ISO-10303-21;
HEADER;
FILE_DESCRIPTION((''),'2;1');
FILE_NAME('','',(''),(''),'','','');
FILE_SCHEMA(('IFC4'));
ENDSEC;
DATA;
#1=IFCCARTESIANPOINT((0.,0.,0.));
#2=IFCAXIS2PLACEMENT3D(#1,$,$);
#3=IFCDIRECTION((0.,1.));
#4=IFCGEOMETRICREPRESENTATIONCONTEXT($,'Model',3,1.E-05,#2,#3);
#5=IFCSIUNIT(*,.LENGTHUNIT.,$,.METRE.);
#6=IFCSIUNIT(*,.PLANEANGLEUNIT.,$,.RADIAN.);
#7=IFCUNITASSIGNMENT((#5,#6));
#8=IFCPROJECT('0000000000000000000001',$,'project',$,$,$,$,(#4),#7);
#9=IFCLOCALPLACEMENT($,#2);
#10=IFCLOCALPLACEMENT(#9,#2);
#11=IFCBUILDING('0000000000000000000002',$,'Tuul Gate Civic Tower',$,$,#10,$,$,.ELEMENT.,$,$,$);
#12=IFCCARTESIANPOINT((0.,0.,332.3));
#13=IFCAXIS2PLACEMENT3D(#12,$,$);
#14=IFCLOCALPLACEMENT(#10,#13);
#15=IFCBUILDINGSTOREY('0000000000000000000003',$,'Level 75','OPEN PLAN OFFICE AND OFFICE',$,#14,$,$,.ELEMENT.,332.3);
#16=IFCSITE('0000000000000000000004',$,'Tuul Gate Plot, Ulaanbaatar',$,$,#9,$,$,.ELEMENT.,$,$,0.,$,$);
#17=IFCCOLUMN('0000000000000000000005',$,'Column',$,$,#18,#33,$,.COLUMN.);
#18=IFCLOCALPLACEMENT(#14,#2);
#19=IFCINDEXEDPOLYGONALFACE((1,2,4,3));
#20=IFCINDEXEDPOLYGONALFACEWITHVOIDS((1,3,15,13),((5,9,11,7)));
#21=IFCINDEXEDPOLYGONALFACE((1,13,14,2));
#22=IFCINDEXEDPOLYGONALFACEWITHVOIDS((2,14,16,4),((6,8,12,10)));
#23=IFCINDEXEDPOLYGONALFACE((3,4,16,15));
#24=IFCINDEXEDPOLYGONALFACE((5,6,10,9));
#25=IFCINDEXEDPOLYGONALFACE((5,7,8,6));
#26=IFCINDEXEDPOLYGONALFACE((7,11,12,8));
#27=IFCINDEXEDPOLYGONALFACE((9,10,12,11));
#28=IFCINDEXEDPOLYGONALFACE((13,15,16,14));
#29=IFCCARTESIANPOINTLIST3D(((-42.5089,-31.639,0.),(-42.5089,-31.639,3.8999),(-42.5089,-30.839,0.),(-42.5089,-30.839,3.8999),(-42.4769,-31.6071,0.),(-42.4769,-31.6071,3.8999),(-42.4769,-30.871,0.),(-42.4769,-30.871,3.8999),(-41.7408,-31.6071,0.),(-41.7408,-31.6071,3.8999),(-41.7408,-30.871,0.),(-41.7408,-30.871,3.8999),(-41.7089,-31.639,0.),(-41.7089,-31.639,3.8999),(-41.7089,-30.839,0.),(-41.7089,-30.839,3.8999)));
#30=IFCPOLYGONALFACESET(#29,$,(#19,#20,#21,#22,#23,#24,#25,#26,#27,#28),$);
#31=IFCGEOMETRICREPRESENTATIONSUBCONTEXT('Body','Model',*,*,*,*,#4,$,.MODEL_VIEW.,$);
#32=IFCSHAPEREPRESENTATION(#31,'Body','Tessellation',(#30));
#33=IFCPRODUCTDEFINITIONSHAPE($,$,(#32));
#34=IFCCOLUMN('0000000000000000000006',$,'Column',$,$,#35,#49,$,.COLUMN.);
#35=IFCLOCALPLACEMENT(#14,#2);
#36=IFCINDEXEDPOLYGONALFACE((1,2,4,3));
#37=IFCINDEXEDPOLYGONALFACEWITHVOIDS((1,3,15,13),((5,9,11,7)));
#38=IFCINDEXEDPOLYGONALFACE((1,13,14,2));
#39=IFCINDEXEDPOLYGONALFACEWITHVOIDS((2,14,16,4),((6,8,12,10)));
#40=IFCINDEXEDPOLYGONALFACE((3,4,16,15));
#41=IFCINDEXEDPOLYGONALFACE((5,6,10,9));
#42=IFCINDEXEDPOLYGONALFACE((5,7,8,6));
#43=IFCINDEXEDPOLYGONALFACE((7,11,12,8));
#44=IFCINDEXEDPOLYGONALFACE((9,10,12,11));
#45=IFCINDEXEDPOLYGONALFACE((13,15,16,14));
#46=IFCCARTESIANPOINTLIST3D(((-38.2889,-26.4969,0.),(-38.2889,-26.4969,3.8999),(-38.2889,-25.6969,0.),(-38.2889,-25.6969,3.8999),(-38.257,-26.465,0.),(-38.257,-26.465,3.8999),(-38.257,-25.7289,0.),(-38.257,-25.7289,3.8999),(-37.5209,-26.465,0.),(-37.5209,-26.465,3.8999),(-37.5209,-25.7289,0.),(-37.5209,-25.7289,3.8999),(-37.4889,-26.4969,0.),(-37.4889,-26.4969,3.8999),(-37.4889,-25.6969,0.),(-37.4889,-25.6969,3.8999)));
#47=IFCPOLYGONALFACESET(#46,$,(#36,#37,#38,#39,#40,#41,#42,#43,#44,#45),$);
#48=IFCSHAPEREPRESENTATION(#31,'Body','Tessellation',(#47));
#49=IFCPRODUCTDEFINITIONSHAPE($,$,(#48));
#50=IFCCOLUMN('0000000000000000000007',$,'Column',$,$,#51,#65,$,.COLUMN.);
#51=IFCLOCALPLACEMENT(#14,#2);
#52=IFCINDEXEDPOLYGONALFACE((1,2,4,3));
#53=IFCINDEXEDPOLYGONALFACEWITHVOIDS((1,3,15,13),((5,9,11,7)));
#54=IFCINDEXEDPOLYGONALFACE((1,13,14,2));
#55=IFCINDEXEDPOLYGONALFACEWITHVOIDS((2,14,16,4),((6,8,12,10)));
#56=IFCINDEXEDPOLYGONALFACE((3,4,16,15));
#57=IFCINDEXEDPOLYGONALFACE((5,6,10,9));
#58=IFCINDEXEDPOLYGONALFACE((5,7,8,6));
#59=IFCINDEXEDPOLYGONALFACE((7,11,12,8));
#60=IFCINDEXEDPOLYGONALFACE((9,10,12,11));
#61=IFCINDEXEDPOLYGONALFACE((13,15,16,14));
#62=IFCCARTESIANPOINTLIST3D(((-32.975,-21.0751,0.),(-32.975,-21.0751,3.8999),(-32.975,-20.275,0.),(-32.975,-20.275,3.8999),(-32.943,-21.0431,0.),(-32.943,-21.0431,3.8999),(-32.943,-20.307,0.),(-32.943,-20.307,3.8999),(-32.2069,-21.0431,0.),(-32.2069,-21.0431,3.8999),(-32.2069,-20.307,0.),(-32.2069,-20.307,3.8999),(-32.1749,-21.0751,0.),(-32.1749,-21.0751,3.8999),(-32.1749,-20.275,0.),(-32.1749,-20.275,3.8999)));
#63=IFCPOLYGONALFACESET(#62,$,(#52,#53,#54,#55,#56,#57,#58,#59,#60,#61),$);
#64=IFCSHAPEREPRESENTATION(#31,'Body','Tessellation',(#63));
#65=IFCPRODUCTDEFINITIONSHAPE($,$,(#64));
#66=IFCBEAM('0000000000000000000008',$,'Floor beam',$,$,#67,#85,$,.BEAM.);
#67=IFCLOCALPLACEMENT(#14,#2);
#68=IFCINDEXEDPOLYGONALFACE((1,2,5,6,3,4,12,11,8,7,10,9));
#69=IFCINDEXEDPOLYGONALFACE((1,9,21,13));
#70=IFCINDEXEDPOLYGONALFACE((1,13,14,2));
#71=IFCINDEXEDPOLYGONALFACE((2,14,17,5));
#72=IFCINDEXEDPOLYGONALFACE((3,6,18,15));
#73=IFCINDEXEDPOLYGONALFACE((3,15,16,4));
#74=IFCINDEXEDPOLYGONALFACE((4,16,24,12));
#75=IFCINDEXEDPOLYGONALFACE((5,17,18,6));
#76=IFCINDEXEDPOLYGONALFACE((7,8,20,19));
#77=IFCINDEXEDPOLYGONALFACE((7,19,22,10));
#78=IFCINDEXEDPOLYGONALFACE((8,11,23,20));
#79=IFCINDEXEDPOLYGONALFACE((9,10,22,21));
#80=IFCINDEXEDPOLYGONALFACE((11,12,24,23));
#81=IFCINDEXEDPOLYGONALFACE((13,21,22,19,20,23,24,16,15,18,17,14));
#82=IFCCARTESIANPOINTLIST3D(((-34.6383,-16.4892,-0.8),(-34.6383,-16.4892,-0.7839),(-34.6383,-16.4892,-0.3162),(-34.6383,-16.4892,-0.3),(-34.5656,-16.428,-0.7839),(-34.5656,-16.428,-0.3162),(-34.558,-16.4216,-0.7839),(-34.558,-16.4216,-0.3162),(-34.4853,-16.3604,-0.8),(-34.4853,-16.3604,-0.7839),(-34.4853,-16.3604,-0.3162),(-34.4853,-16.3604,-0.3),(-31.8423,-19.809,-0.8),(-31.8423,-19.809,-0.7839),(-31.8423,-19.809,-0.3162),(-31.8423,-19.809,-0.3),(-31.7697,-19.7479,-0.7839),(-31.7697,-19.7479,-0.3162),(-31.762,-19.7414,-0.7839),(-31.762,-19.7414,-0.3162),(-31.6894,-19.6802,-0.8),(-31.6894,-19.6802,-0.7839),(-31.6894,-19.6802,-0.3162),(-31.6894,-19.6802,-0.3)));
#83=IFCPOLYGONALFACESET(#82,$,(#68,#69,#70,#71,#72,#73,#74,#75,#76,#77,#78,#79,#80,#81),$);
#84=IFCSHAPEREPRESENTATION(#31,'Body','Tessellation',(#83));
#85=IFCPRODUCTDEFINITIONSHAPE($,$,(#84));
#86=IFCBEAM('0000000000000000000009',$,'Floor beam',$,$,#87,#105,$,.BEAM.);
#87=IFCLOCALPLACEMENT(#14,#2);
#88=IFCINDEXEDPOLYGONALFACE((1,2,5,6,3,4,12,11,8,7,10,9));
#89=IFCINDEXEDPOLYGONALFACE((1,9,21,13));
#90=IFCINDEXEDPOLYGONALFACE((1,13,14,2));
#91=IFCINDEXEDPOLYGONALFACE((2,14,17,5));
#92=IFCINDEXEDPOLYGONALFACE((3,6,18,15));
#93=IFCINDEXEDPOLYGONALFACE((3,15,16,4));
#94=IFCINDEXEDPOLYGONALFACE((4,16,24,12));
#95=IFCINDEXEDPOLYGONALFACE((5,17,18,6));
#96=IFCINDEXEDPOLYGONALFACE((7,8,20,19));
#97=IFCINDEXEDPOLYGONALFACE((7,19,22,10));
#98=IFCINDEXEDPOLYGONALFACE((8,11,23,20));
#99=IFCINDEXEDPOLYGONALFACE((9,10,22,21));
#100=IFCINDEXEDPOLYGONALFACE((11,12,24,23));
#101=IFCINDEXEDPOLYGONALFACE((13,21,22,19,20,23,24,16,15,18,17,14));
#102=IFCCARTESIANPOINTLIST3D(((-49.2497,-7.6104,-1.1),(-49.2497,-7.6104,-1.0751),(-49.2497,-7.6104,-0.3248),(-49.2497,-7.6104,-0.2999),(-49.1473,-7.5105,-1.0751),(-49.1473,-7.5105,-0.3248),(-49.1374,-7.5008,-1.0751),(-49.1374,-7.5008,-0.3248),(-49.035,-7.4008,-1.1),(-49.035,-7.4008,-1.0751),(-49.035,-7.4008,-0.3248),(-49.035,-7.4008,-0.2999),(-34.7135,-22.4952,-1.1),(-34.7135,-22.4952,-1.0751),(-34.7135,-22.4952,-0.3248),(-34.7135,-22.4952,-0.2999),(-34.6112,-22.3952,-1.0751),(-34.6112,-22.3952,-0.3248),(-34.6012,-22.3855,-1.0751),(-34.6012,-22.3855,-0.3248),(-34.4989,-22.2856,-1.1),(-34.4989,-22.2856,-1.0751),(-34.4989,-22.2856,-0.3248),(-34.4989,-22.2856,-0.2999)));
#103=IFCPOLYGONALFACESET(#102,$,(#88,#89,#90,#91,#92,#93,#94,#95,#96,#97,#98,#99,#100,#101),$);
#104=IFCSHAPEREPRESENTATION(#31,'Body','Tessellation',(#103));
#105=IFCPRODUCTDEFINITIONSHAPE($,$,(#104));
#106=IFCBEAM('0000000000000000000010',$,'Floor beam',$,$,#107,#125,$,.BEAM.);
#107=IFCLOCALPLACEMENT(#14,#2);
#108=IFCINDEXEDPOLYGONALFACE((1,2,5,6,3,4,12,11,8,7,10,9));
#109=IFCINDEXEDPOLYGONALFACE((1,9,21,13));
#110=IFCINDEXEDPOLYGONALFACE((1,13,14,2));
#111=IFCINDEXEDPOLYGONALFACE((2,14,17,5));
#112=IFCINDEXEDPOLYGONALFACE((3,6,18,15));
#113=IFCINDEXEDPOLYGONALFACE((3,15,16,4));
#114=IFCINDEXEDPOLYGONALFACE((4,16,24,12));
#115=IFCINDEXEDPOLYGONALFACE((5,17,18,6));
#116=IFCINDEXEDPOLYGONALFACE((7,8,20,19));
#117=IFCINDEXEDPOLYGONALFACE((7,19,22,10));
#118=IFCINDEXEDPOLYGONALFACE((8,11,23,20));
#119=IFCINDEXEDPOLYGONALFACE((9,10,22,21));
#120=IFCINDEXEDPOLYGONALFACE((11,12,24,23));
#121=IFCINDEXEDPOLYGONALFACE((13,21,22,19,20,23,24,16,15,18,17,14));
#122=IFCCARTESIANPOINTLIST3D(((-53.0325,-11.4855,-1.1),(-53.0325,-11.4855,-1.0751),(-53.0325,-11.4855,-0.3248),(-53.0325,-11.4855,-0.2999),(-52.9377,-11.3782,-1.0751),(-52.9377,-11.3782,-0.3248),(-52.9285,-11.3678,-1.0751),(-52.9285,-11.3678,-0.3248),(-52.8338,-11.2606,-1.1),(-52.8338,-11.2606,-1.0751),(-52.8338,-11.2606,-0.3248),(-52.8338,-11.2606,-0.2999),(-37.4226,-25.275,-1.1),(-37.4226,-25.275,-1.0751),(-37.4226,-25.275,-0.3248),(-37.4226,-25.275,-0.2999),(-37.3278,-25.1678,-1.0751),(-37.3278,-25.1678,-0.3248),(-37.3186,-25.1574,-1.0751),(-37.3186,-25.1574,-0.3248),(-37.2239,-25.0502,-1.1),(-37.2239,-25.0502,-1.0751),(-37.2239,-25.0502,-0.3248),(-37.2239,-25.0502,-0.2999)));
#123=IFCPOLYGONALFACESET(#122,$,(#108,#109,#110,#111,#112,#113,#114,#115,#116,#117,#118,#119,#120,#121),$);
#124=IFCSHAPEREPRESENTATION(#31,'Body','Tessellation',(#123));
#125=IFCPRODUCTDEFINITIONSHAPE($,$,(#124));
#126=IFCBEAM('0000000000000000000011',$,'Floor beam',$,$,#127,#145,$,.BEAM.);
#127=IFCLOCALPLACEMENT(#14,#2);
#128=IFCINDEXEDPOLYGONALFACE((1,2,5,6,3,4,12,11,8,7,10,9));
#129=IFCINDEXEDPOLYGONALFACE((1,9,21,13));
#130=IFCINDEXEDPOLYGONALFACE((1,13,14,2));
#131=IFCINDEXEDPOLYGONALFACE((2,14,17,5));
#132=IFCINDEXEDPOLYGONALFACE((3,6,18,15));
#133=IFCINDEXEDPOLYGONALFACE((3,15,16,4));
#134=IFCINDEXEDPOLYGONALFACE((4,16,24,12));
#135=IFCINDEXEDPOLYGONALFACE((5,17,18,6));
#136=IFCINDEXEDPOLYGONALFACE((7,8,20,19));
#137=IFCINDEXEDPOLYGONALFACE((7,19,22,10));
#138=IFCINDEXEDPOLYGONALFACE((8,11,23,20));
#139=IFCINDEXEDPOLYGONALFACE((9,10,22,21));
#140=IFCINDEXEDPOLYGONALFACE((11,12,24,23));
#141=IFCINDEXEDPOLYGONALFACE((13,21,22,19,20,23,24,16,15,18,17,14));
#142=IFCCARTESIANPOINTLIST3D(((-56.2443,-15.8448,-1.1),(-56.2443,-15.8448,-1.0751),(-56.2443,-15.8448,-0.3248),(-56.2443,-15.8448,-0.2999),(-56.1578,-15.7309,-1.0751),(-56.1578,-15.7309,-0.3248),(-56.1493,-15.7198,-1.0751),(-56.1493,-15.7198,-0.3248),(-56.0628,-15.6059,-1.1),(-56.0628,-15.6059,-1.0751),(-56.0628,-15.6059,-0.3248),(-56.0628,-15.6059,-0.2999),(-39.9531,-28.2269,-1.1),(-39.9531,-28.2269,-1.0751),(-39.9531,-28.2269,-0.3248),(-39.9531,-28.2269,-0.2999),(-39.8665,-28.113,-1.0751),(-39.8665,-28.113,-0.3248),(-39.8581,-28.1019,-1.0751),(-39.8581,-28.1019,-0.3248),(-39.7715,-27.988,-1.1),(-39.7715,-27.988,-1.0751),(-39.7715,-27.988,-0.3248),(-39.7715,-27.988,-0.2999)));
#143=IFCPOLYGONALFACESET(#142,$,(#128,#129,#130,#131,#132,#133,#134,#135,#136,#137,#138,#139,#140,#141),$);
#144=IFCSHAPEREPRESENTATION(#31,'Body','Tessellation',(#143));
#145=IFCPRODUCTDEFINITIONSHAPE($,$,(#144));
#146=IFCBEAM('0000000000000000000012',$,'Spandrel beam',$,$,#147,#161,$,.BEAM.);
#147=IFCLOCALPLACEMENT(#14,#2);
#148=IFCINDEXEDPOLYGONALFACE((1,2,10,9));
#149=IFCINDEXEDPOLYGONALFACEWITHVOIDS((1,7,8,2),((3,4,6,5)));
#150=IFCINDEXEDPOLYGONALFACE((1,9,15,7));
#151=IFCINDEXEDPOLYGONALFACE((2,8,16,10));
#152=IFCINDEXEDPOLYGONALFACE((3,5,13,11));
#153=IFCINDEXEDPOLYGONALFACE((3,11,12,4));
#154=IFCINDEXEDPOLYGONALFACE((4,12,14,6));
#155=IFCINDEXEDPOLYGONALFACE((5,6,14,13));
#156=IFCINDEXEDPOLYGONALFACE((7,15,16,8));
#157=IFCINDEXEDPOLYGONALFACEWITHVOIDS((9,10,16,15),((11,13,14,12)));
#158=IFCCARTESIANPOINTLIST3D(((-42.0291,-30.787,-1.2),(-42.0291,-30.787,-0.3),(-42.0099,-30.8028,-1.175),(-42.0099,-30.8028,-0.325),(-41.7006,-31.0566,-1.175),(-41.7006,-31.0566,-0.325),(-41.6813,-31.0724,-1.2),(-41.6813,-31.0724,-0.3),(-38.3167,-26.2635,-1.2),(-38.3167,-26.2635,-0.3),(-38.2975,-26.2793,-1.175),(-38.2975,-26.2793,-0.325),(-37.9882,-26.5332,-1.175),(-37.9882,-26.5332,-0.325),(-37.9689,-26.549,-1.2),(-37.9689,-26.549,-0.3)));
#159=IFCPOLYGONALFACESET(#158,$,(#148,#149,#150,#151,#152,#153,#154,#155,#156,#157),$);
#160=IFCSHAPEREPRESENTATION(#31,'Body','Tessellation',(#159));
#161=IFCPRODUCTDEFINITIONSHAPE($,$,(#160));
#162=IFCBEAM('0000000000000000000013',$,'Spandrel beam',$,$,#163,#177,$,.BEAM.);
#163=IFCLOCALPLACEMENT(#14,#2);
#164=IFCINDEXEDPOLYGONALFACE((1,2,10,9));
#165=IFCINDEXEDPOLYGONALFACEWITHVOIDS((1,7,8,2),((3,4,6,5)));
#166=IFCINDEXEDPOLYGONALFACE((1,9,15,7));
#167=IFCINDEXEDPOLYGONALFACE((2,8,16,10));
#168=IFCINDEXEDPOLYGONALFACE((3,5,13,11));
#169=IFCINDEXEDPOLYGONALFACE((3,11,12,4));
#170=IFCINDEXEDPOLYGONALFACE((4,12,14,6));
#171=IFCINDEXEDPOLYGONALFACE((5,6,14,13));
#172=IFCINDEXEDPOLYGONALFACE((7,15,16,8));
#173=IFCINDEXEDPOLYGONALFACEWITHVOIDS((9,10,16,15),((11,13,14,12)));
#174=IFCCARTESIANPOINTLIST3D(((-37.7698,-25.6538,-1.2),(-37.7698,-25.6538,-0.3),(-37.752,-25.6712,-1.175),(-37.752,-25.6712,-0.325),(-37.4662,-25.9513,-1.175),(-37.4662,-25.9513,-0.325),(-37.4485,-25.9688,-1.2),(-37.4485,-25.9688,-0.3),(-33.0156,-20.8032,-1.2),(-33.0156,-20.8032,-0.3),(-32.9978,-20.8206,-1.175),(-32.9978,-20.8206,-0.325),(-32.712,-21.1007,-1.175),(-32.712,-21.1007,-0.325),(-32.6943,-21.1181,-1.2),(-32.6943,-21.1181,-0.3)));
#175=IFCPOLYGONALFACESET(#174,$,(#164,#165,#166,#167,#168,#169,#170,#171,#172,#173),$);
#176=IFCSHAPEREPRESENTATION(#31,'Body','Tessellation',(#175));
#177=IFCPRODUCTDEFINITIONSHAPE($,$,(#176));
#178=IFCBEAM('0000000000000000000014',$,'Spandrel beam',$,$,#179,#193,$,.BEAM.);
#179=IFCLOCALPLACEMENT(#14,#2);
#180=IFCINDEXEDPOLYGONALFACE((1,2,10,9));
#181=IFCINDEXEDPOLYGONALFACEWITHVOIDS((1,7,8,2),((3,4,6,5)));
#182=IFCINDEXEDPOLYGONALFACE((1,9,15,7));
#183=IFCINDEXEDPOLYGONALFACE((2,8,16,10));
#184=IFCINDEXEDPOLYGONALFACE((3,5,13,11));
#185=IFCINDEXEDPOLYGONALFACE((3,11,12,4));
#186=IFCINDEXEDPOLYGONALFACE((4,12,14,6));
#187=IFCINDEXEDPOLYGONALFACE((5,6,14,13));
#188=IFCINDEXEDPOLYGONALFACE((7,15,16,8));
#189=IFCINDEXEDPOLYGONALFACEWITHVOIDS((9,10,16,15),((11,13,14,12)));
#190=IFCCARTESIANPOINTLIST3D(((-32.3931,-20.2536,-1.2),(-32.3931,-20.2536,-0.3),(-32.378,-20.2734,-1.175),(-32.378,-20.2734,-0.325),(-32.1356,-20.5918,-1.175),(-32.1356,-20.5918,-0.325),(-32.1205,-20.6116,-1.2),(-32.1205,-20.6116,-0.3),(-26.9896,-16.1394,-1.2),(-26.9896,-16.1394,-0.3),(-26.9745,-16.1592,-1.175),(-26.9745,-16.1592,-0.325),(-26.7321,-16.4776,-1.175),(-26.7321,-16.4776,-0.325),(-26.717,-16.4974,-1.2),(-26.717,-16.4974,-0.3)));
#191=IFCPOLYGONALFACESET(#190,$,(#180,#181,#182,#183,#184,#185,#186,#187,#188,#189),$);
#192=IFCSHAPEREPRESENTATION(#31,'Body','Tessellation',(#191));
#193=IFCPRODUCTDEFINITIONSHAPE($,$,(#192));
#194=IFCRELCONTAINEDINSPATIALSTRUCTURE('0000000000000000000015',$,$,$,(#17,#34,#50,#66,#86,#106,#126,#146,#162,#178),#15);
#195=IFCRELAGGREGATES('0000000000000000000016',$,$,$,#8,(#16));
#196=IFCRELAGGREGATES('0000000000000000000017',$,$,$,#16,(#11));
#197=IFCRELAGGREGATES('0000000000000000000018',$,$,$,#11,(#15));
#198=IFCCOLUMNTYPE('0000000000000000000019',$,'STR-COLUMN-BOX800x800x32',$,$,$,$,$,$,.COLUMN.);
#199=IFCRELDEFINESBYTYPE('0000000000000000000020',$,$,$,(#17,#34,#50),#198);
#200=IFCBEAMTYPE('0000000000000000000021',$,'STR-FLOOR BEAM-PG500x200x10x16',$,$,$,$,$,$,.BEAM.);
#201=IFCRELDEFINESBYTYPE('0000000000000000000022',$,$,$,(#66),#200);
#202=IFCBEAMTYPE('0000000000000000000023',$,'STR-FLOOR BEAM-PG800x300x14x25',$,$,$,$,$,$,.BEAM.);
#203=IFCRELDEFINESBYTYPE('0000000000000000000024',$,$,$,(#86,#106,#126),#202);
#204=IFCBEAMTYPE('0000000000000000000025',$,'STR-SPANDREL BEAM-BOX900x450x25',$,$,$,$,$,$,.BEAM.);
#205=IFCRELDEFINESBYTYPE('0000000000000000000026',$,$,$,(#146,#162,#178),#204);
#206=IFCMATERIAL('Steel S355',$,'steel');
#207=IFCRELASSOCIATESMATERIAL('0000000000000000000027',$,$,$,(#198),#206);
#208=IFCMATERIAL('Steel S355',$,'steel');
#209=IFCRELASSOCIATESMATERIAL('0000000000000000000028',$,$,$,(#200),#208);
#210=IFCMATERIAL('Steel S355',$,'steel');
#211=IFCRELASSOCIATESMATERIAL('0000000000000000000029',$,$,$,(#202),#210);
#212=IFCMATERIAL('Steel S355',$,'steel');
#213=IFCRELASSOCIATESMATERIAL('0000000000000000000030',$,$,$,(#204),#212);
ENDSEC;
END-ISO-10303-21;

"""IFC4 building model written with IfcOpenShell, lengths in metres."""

from ifc_helpers import new_model, si_unit, direction, frame, origin, origin_2d, place, context, subcontext, project, spatial, hollow_rectangle, i_section, extrude, material, material_profile, profile_set, type_object, element, save


model = new_model("IFC4")

# Units and contexts
model_context = context("Model", 3, precision=1e-05, world=origin(), true_north=direction((0.0, 1.0)))
body_context = subcontext(model_context, "Body", "Model", "MODEL_VIEW")
ifc_project = project(units=[si_unit("LENGTHUNIT", "METRE"), si_unit("PLANEANGLEUNIT", "RADIAN")], contexts=[model_context])

# Site, building, storey
site_placement = place(None, origin())
site = spatial("IfcSite", under=ifc_project, at=site_placement, Name="Tuul Gate Plot, Ulaanbaatar", CompositionType="ELEMENT", RefElevation=0.0)
building_placement = place(site_placement, origin())
building = spatial("IfcBuilding", under=site, at=building_placement, Name="Tuul Gate Civic Tower", CompositionType="ELEMENT")
storey_placement = place(building_placement, frame((0.0, 0.0, 332.3)))
storey = spatial("IfcBuildingStorey", under=building, at=storey_placement, Name="Level 75", Description="OPEN PLAN OFFICE AND OFFICE", CompositionType="ELEMENT", Elevation=332.3)

# Columns
ifc_material_1 = material(Name="Steel S355", Category="steel")
ifc_material_profile_1 = material_profile(ifc_material_1, hollow_rectangle(XDim=0.8, YDim=0.8, WallThickness=0.032, at=origin_2d()), Name="BOX800x800x32")
ifc_profile_set_1 = profile_set([ifc_material_profile_1], Name="Steel S355")
column_type = type_object("IfcColumnType", Name="STR-COLUMN-BOX800x800x32", PredefinedType="COLUMN", material=ifc_profile_set_1)
for number, where, z_axis, x_axis, name in (
    (1, (-42.1089, -31.239, 0.0), (0.0, 0.0, 1.0), (1.0, 0.0, 0.0), "Column"),
    (2, (-37.8889, -26.0969, 0.0), (0.0, 0.0, 1.0), (1.0, 0.0, 0.0), "Column"),
    (3, (-32.575, -20.675, 0.0), (0.0, 0.0, 1.0), (1.0, 0.0, 0.0), "Column"),
):
    element("IfcColumn", number, at=place(storey_placement, frame(where, z_axis=z_axis, x_axis=x_axis)), inside=storey, type_object=column_type, Name=name, PredefinedType="COLUMN", context=body_context, shape_type="SweptSolid", body=[
        extrude(hollow_rectangle(XDim=0.8, YDim=0.8, WallThickness=0.032, at=origin_2d()), origin(), (0.0, 0.0, 1.0), 3.8999),
    ])

# Beams
ifc_material_2 = material(Name="Steel S355", Category="steel")
ifc_material_profile_2 = material_profile(ifc_material_2, i_section(OverallWidth=0.2, OverallDepth=0.5, WebThickness=0.01, FlangeThickness=0.0161, at=origin_2d()), Name="PG500x200x10x16")
ifc_profile_set_2 = profile_set([ifc_material_profile_2], Name="Steel S355")
beam_type_1 = type_object("IfcBeamType", Name="STR-FLOOR BEAM-PG500x200x10x16", PredefinedType="BEAM", material=ifc_profile_set_2)
beam_1_placement = place(storey_placement, frame((-31.7659, -19.7446, -0.55), z_axis=(-0.64417, 0.764882, 0.0), x_axis=(-0.764882, -0.64417, 0.0)))
element("IfcBeam", 4, at=beam_1_placement, inside=storey, type_object=beam_type_1, Name="Floor beam", PredefinedType="BEAM", context=body_context, shape_type="SweptSolid", body=[
    extrude(i_section(OverallWidth=0.2, OverallDepth=0.5, WebThickness=0.01, FlangeThickness=0.0161, at=origin_2d()), origin(), (0.0, 0.0, 1.0), 4.3403),
])
ifc_material_3 = material(Name="Steel S355", Category="steel")
ifc_material_profile_3 = material_profile(ifc_material_3, i_section(OverallWidth=0.3, OverallDepth=0.8, WebThickness=0.0139, FlangeThickness=0.0249, at=origin_2d()), Name="PG800x300x14x25")
ifc_profile_set_3 = profile_set([ifc_material_profile_3], Name="Steel S355")
beam_type_2 = type_object("IfcBeamType", Name="STR-FLOOR BEAM-PG800x300x14x25", PredefinedType="BEAM", material=ifc_profile_set_3)
beam_2_placement = place(storey_placement, frame((-34.6062, -22.3904, -0.7), z_axis=(-0.698679, 0.715436, 0.0), x_axis=(-0.715436, -0.698679, 0.0)))
element("IfcBeam", 5, at=beam_2_placement, inside=storey, type_object=beam_type_2, Name="Floor beam", PredefinedType="BEAM", context=body_context, shape_type="SweptSolid", body=[
    extrude(i_section(OverallWidth=0.3, OverallDepth=0.8, WebThickness=0.0139, FlangeThickness=0.0249, at=origin_2d()), origin(), (0.0, 0.0, 1.0), 20.8052),
])
beam_3_placement = place(storey_placement, frame((-37.3232, -25.1626, -0.7), z_axis=(-0.749453, 0.662057, 0.0), x_axis=(-0.662057, -0.749453, 0.0)))
element("IfcBeam", 6, at=beam_3_placement, inside=storey, type_object=beam_type_2, Name="Floor beam", PredefinedType="BEAM", context=body_context, shape_type="SweptSolid", body=[
    extrude(i_section(OverallWidth=0.3, OverallDepth=0.8, WebThickness=0.0139, FlangeThickness=0.0249, at=origin_2d()), origin(), (0.0, 0.0, 1.0), 20.8284),
])
beam_4_placement = place(storey_placement, frame((-39.8623, -28.1074, -0.7), z_axis=(-0.796145, 0.605106, 0.0), x_axis=(-0.605106, -0.796145, 0.0)))
element("IfcBeam", 7, at=beam_4_placement, inside=storey, type_object=beam_type_2, Name="Floor beam", PredefinedType="BEAM", context=body_context, shape_type="SweptSolid", body=[
    extrude(i_section(OverallWidth=0.3, OverallDepth=0.8, WebThickness=0.0139, FlangeThickness=0.0249, at=origin_2d()), origin(), (0.0, 0.0, 1.0), 20.4626),
])
ifc_material_4 = material(Name="Steel S355", Category="steel")
ifc_material_profile_4 = material_profile(ifc_material_4, hollow_rectangle(XDim=0.45, YDim=0.8999, WallThickness=0.0249, at=origin_2d()), Name="BOX900x450x25")
ifc_profile_set_4 = profile_set([ifc_material_profile_4], Name="Steel S355")
beam_type_3 = type_object("IfcBeamType", Name="STR-SPANDREL BEAM-BOX900x450x25", PredefinedType="BEAM", material=ifc_profile_set_4)
beam_5_placement = place(storey_placement, frame((-41.8552, -30.9297, -0.75), z_axis=(0.634405, 0.773001, 0.0), x_axis=(-0.773001, 0.634405, 0.0)))
element("IfcBeam", 8, at=beam_5_placement, inside=storey, type_object=beam_type_3, Name="Spandrel beam", PredefinedType="BEAM", context=body_context, shape_type="SweptSolid", body=[
    extrude(hollow_rectangle(XDim=0.45, YDim=0.8999, WallThickness=0.0249, at=origin_2d()), origin(), (0.0, 0.0, 1.0), 5.8518),
])
beam_6_placement = place(storey_placement, frame((-37.6091, -25.8113, -0.75), z_axis=(0.699972, 0.71417, 0.0), x_axis=(-0.71417, 0.699972, 0.0)))
element("IfcBeam", 9, at=beam_6_placement, inside=storey, type_object=beam_type_3, Name="Spandrel beam", PredefinedType="BEAM", context=body_context, shape_type="SweptSolid", body=[
    extrude(hollow_rectangle(XDim=0.45, YDim=0.8999, WallThickness=0.0249, at=origin_2d()), origin(), (0.0, 0.0, 1.0), 6.792),
])
beam_7_placement = place(storey_placement, frame((-32.2568, -20.4326, -0.75), z_axis=(0.795626, 0.605788, 0.0), x_axis=(-0.605788, 0.795626, 0.0)))
element("IfcBeam", 10, at=beam_7_placement, inside=storey, type_object=beam_type_3, Name="Spandrel beam", PredefinedType="BEAM", context=body_context, shape_type="SweptSolid", body=[
    extrude(hollow_rectangle(XDim=0.45, YDim=0.8999, WallThickness=0.0249, at=origin_2d()), origin(), (0.0, 0.0, 1.0), 6.7915),
])

save(model, "model.ifc")
